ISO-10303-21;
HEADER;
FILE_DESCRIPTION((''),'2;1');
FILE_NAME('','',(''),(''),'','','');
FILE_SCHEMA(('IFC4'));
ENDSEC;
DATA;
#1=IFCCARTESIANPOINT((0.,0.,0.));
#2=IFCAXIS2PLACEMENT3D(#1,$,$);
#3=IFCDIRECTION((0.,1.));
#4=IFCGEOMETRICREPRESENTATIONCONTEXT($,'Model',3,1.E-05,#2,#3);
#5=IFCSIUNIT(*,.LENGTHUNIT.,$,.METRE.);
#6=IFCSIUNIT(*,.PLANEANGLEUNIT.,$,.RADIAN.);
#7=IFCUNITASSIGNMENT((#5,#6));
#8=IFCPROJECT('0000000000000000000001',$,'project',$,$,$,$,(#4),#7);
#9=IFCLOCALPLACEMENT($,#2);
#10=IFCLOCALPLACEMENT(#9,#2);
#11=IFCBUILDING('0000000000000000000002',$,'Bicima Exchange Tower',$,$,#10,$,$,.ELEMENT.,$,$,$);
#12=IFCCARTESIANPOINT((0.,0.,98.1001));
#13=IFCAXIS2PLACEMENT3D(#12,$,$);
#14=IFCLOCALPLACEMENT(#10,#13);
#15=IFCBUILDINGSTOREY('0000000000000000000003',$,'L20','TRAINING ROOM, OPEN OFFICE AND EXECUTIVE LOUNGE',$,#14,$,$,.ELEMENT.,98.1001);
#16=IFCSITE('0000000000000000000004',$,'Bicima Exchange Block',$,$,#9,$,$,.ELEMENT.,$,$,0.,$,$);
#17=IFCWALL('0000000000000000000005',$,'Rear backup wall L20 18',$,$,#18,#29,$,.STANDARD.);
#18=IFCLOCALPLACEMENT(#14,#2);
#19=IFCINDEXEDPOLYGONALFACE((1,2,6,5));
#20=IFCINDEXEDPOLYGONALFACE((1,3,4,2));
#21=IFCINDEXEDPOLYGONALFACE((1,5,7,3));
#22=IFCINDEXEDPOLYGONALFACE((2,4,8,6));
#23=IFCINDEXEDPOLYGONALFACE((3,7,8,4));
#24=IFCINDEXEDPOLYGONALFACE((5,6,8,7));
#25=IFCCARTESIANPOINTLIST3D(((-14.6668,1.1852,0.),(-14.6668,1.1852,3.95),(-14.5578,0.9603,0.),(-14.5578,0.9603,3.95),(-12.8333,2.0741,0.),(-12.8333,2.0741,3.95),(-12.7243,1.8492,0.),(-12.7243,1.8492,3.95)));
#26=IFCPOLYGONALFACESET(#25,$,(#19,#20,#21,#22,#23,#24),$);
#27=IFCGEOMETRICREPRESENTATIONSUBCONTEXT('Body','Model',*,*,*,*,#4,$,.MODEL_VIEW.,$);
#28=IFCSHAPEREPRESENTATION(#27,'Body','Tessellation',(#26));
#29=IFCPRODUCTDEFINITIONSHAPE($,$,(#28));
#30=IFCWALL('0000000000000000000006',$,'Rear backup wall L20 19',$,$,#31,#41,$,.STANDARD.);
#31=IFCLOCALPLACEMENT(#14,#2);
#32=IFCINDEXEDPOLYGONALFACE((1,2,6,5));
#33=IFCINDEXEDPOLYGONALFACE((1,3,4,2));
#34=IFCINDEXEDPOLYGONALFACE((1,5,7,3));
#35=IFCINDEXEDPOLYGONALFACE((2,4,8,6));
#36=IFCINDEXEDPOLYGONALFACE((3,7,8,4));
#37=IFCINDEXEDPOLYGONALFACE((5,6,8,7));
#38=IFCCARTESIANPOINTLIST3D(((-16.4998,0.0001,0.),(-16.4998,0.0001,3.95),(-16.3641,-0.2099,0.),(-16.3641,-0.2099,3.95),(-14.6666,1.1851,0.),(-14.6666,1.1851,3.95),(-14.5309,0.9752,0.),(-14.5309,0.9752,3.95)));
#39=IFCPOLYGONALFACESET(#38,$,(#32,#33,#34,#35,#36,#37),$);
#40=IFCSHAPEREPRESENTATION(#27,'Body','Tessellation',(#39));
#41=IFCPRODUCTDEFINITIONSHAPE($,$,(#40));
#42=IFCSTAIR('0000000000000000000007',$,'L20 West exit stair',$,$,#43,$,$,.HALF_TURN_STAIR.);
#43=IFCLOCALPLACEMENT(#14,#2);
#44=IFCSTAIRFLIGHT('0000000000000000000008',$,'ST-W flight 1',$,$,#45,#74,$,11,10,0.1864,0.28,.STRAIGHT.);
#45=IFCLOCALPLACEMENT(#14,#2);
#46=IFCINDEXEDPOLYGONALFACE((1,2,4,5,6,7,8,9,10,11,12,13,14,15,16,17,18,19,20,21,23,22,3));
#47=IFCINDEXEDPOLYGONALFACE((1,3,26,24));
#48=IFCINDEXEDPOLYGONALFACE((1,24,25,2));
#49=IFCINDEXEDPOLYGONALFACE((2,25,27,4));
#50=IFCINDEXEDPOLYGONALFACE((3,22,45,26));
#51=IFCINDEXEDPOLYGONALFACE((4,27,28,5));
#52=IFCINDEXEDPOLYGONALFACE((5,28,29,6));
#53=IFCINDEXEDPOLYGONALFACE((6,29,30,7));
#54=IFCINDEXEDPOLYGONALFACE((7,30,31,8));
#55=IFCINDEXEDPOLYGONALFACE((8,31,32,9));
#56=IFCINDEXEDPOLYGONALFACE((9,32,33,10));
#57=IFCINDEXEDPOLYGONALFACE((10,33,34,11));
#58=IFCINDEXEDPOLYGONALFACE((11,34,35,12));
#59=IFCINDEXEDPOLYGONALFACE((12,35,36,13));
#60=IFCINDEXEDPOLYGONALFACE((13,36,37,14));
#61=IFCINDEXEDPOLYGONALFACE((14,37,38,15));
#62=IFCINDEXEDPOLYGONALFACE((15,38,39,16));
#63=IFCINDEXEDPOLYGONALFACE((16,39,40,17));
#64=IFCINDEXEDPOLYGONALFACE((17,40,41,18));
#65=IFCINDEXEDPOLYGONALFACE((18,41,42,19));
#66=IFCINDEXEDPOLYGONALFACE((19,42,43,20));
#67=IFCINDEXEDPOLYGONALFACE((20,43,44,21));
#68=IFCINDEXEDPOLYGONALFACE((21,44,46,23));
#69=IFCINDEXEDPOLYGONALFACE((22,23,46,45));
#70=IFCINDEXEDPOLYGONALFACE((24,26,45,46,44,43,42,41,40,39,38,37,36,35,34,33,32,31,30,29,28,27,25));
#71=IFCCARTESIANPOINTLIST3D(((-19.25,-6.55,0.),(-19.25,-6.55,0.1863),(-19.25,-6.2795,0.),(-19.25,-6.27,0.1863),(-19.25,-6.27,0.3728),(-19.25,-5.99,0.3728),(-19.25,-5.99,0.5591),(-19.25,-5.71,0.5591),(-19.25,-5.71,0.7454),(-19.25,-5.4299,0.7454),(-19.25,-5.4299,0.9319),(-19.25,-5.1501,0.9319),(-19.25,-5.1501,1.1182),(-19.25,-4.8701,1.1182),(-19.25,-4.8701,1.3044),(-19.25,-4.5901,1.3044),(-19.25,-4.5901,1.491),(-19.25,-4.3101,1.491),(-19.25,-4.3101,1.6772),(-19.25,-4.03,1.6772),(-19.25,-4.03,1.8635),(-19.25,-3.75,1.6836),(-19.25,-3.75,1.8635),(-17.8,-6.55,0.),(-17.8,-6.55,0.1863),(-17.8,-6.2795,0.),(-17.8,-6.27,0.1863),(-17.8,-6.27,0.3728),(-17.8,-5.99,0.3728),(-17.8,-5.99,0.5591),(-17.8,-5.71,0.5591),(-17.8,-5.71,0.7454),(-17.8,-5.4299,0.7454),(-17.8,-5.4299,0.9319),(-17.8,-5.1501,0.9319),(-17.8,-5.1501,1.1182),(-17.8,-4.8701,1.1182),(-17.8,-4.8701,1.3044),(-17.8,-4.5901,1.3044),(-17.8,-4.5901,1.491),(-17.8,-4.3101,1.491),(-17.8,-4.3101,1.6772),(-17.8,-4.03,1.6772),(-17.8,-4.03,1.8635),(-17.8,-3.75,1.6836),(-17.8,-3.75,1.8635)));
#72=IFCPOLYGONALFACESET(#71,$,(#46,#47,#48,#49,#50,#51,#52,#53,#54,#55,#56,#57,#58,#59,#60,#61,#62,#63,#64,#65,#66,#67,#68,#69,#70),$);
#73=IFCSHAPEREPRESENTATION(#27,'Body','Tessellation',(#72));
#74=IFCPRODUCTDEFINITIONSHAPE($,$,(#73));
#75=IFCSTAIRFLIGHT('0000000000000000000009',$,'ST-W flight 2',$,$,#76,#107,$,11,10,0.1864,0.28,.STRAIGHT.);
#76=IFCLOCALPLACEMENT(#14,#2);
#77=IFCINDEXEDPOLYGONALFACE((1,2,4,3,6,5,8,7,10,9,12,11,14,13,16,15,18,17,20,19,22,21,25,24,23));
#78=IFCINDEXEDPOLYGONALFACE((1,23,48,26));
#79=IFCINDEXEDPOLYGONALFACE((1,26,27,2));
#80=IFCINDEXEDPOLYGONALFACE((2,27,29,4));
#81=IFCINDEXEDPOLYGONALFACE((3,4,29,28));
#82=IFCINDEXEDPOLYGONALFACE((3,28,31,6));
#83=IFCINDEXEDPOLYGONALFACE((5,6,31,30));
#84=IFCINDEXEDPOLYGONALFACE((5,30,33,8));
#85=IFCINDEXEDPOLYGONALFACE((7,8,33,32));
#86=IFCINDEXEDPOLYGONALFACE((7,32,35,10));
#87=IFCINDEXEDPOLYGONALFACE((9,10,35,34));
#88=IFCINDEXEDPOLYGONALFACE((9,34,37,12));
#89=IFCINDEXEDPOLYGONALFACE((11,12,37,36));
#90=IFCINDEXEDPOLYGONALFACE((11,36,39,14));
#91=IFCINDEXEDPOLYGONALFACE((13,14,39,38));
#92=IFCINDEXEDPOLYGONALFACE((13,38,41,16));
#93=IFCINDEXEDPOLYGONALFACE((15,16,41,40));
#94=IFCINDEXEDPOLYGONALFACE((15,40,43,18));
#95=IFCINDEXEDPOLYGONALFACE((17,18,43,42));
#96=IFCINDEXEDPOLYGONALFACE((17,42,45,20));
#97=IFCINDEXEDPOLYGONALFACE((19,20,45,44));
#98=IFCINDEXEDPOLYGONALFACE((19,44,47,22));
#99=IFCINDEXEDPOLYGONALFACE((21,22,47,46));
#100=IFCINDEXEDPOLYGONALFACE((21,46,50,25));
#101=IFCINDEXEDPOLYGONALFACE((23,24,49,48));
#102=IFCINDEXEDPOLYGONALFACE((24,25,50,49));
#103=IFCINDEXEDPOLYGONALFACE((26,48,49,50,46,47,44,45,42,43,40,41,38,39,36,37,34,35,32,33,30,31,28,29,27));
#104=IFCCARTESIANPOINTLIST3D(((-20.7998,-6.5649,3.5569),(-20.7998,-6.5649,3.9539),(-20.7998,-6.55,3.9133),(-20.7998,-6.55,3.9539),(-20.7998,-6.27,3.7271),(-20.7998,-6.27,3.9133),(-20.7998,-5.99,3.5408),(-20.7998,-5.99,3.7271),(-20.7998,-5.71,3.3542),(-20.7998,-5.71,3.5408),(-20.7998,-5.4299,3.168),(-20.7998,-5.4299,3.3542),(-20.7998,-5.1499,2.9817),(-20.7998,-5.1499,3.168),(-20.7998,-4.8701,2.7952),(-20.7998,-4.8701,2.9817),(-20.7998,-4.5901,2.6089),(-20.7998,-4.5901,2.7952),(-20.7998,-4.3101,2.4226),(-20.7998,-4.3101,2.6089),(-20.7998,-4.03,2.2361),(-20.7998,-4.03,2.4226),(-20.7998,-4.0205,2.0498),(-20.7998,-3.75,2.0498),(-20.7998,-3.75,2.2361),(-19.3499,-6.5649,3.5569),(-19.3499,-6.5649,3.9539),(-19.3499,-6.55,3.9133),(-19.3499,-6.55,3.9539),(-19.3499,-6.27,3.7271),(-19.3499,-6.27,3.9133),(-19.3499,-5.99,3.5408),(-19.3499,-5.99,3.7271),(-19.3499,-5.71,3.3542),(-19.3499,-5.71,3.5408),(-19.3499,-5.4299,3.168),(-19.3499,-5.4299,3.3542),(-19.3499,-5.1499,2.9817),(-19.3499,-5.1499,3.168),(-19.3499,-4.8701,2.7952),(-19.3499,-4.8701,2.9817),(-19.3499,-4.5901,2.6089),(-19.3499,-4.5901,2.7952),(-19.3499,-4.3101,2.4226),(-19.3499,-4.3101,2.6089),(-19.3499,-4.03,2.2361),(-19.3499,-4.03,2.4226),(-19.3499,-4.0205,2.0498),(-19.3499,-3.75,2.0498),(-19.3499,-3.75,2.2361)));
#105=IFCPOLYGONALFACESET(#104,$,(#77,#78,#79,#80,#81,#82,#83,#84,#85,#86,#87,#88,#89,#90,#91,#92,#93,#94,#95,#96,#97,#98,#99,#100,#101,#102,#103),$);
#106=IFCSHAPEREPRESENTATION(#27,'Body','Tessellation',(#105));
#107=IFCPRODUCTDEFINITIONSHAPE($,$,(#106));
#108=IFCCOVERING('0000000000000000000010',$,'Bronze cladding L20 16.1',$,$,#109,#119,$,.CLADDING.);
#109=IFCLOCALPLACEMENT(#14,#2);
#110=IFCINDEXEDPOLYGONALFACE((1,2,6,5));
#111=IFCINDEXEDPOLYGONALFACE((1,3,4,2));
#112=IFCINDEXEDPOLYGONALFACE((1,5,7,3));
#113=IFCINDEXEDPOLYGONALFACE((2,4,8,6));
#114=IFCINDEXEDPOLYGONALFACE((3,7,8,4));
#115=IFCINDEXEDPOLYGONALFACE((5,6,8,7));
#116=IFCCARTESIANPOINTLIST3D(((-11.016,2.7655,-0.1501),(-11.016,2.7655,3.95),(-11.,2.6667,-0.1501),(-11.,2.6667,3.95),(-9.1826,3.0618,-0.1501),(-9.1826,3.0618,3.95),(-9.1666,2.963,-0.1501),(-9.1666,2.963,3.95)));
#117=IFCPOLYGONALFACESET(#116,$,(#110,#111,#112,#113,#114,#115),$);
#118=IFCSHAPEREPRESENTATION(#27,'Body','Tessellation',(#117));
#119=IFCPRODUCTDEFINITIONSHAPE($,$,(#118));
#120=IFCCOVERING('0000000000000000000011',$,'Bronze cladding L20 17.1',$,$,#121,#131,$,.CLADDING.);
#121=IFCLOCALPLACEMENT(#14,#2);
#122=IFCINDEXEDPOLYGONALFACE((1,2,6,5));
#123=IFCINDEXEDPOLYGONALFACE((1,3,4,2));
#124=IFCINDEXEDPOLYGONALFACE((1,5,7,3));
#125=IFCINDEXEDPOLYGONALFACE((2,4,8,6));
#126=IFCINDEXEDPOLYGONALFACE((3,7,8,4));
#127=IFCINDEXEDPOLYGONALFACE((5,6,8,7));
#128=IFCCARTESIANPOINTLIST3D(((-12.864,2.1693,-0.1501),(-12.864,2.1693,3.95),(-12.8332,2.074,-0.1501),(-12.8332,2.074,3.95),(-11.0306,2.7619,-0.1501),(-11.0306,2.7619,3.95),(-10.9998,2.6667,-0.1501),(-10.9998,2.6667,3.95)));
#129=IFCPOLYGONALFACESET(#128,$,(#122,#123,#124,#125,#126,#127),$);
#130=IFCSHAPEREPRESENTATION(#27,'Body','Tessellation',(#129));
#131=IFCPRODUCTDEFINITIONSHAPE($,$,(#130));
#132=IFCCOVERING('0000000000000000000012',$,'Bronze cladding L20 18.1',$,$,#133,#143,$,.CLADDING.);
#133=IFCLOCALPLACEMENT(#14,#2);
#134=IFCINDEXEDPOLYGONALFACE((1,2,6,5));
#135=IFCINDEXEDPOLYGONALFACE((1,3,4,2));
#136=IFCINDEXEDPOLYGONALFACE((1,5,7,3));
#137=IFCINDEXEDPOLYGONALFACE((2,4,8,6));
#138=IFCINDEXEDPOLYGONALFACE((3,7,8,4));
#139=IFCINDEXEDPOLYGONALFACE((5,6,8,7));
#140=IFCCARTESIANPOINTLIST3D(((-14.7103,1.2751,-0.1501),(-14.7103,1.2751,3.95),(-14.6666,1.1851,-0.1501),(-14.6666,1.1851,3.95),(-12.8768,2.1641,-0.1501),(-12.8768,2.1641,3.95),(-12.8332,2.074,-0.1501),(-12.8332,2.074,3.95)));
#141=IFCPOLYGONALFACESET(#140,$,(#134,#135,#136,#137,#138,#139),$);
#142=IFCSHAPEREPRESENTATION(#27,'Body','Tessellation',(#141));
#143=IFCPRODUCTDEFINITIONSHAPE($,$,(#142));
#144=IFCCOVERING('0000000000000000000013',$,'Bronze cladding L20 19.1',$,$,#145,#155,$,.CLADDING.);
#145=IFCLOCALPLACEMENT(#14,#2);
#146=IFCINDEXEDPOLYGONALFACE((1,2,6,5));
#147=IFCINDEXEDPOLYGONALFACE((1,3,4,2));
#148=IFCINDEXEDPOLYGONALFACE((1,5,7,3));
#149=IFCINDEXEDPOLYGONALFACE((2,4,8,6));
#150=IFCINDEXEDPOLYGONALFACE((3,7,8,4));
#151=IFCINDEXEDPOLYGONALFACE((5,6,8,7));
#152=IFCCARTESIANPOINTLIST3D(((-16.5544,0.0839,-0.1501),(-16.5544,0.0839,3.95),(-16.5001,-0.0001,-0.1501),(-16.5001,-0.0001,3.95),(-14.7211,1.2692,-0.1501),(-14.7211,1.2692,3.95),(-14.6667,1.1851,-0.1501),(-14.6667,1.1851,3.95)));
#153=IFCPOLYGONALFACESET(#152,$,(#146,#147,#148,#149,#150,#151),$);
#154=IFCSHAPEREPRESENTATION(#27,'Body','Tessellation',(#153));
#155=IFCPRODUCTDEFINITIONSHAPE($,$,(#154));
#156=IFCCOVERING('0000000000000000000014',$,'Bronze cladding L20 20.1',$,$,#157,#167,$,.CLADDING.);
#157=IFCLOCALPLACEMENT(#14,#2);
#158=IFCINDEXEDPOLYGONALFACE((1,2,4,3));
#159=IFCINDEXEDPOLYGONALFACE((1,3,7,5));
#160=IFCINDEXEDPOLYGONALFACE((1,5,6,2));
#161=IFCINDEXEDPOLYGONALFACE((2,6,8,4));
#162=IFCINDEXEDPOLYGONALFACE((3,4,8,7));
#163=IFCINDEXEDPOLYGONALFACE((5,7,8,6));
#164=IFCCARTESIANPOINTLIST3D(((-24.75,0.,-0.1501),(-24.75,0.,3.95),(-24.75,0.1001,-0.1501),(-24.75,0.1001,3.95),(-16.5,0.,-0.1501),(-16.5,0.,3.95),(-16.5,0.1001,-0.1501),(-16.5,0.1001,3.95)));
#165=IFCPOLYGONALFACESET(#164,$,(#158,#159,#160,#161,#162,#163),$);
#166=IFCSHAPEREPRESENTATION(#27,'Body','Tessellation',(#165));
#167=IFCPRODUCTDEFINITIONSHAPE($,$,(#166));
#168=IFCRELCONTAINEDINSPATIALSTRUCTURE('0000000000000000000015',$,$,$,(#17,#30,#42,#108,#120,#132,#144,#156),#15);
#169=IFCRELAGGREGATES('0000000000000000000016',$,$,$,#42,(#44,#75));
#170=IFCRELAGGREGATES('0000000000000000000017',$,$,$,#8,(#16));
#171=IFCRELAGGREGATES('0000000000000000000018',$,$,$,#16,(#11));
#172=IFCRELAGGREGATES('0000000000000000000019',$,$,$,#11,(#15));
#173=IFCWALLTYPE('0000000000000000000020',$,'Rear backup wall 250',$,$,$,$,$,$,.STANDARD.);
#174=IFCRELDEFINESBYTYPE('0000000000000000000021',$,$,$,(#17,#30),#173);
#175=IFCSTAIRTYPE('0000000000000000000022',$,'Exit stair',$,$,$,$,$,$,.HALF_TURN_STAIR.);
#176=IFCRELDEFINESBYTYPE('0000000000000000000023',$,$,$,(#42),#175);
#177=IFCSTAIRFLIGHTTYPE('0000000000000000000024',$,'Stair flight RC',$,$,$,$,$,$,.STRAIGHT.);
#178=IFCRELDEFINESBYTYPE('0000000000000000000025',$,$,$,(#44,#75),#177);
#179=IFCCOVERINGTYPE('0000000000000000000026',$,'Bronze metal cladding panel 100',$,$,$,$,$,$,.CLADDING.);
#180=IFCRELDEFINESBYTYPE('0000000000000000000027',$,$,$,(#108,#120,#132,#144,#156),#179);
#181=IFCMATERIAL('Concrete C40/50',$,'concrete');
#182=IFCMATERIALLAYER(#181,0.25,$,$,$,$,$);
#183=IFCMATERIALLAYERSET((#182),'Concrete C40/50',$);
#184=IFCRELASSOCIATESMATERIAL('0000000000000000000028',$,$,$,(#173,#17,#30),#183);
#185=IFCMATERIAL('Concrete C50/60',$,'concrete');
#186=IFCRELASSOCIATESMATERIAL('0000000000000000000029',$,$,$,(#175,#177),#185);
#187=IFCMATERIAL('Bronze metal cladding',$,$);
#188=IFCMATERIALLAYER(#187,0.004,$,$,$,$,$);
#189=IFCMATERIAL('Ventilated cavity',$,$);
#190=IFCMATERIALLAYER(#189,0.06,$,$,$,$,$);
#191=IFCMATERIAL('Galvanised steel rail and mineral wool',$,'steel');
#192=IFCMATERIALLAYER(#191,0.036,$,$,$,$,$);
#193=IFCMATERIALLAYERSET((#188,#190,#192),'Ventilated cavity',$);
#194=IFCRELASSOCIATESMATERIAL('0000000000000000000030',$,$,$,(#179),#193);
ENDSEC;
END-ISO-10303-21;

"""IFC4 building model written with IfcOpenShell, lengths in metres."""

from ifc_helpers import new_model, si_unit, direction, frame, frame_2d, origin, origin_2d, place, context, subcontext, project, spatial, polyline, rectangle, outline, extrude, material, layer, layer_set, layer_usage, type_object, element, aggregate, save


model = new_model("IFC4")

# Units and contexts
model_context = context("Model", 3, precision=1e-05, world=origin(), true_north=direction((0.0, 1.0)))
body_context = subcontext(model_context, "Body", "Model", "MODEL_VIEW")
ifc_project = project(units=[si_unit("LENGTHUNIT", "METRE"), si_unit("PLANEANGLEUNIT", "RADIAN")], contexts=[model_context])

# Site, building, storey
site_placement = place(None, origin())
site = spatial("IfcSite", under=ifc_project, at=site_placement, Name="Bicima Exchange Block", CompositionType="ELEMENT", RefElevation=0.0)
building_placement = place(site_placement, origin())
building = spatial("IfcBuilding", under=site, at=building_placement, Name="Bicima Exchange Tower", CompositionType="ELEMENT")
storey_placement = place(building_placement, frame((0.0, 0.0, 98.1001)))
storey = spatial("IfcBuildingStorey", under=building, at=storey_placement, Name="L20", Description="TRAINING ROOM, OPEN OFFICE AND EXECUTIVE LOUNGE", CompositionType="ELEMENT", Elevation=98.1001)

# Shared definitions
ifc_material_1 = material(Name="Concrete C50/60", Category="concrete")

# Walls
ifc_material_2 = material(Name="Concrete C40/50", Category="concrete")
ifc_layer_1 = layer(ifc_material_2, 0.25)
ifc_layer_set_1 = layer_set([ifc_layer_1], Name="Concrete C40/50")
ifc_layer_usage = layer_usage(ifc_layer_set_1, "AXIS2", "POSITIVE", -0.125)
wall_type_1 = type_object("IfcWallType", Name="Rear backup wall 250", PredefinedType="STANDARD", material=ifc_layer_set_1)
wall_1_placement = place(storey_placement, frame((-12.7788, 1.9617, 0.0), z_axis=(0.0, 0.0, 1.0), x_axis=(-0.899824, -0.436253, 0.0)))
element("IfcWall", 1, at=wall_1_placement, inside=storey, type_object=wall_type_1, material=ifc_layer_usage, Name="Rear backup wall L20 18", PredefinedType="STANDARD", context=body_context, shape_type="SweptSolid", body=[
    extrude(rectangle(XDim=2.0376, YDim=0.25, at=frame_2d((1.0188, 0.0))), origin(), (0.0, 0.0, 1.0), 3.95),
])
wall_2_placement = place(storey_placement, frame((-14.5989, 1.0801, 0.0), z_axis=(0.0, 0.0, 1.0), x_axis=(-0.839813, -0.542876, 0.0)))
element("IfcWall", 2, at=wall_2_placement, inside=storey, type_object=wall_type_1, material=ifc_layer_usage, Name="Rear backup wall L20 19", PredefinedType="STANDARD", context=body_context, shape_type="SweptSolid", body=[
    extrude(rectangle(XDim=2.1829, YDim=0.25, at=frame_2d((1.0913, 0.0))), origin(), (0.0, 0.0, 1.0), 3.95),
])

# Stair, stair flights
stair_type = type_object("IfcStairType", Name="Exit stair", PredefinedType="HALF_TURN_STAIR", material=ifc_material_1)
stair_placement = place(storey_placement, origin())
stair = element("IfcStair", 3, at=stair_placement, inside=storey, type_object=stair_type, Name="L20 West exit stair", PredefinedType="HALF_TURN_STAIR")
stair_flight_type = type_object("IfcStairFlightType", Name="Stair flight RC", PredefinedType="STRAIGHT", material=ifc_material_1)
stair_flight_1_placement = place(storey_placement, frame((-18.5249, -6.55, 0.0), z_axis=(0.0, 0.0, 1.0), x_axis=(0.0, 1.0, 0.0)))
stair_flight_1 = element("IfcStairFlight", 4, at=stair_flight_1_placement, type_object=stair_flight_type, Name="ST-W flight 1", NumberOfRisers=11, NumberOfTreads=10, PredefinedType="STRAIGHT", RiserHeight=0.1864, TreadLength=0.28, context=body_context, shape_type="SweptSolid", body=[
    extrude(outline(polyline([(0.0, 0.0), (0.0, 0.1863), (0.28, 0.1863), (0.28, 0.3728), (0.5601, 0.3728), (0.5601, 0.5591), (0.8401, 0.5591), (0.8401, 0.7454), (1.1201, 0.7454), (1.1201, 0.9319), (1.3999, 0.9319), (1.3999, 1.1182), (1.6799, 1.1182), (1.6799, 1.3044), (1.96, 1.3044), (1.96, 1.491), (2.24, 1.491), (2.24, 1.6772), (2.52, 1.6772), (2.52, 1.8635), (2.8, 1.8635), (2.8, 2.05), (2.8, 1.6836), (0.2705, 0.0), (0.0, 0.0)])), frame((0.0, 0.7251, 0.0), z_axis=(0.0, -1.0, 0.0), x_axis=(1.0, 0.0, 0.0)), (0.0, 0.0, 1.0), 1.45),
])
stair_flight_2_placement = place(storey_placement, frame((-20.075, -3.75, 2.0498), z_axis=(0.0, 0.0, 1.0), x_axis=(0.0, -1.0, 0.0)))
stair_flight_2 = element("IfcStairFlight", 5, at=stair_flight_2_placement, type_object=stair_flight_type, Name="ST-W flight 2", NumberOfRisers=11, NumberOfTreads=10, PredefinedType="STRAIGHT", RiserHeight=0.1864, TreadLength=0.28, context=body_context, shape_type="SweptSolid", body=[
    extrude(outline(polyline([(0.0, 0.0), (0.0, 0.1863), (0.28, 0.1863), (0.28, 0.3728), (0.5601, 0.3728), (0.5601, 0.5591), (0.8401, 0.5591), (0.8401, 0.7454), (1.1201, 0.7454), (1.1201, 0.9319), (1.3999, 0.9319), (1.3999, 1.1182), (1.6799, 1.1182), (1.6799, 1.3044), (1.96, 1.3044), (1.96, 1.491), (2.24, 1.491), (2.24, 1.6772), (2.52, 1.6772), (2.52, 1.8635), (2.8, 1.8635), (2.8, 1.9041), (2.8149, 1.9041), (2.8149, 1.5071), (0.2705, 0.0), (0.0, 0.0)])), frame((0.0, 0.7251, 0.0), z_axis=(0.0, -1.0, 0.0), x_axis=(1.0, 0.0, 0.0)), (0.0, 0.0, 1.0), 1.45),
])
aggregate(stair, [stair_flight_1, stair_flight_2])

# Coverings
ifc_material_3 = material(Name="Bronze metal cladding")
ifc_layer_2 = layer(ifc_material_3, 0.004)
ifc_material_4 = material(Name="Ventilated cavity")
ifc_layer_3 = layer(ifc_material_4, 0.06)
ifc_material_5 = material(Name="Galvanised steel rail and mineral wool", Category="steel")
ifc_layer_4 = layer(ifc_material_5, 0.036)
ifc_layer_set_2 = layer_set([ifc_layer_2, ifc_layer_3, ifc_layer_4], Name="Ventilated cavity")
covering_type = type_object("IfcCoveringType", Name="Bronze metal cladding panel 100", PredefinedType="CLADDING", material=ifc_layer_set_2)
covering_1_placement = place(storey_placement, frame((-10.0913, 2.8643, -0.1501), z_axis=(0.0, 0.0, 1.0), x_axis=(-0.98719, -0.15955, 0.0)))
element("IfcCovering", 6, at=covering_1_placement, inside=storey, type_object=covering_type, Name="Bronze cladding L20 16.1", PredefinedType="CLADDING", context=body_context, shape_type="SweptSolid", body=[
    extrude(rectangle(XDim=1.8572, YDim=0.1001, at=origin_2d()), origin(), (0.0, 0.0, 1.0), 4.1001),
])
covering_2_placement = place(storey_placement, frame((-11.9319, 2.418, -0.1501), z_axis=(0.0, 0.0, 1.0), x_axis=(-0.951525, -0.307573, 0.0)))
element("IfcCovering", 7, at=covering_2_placement, inside=storey, type_object=covering_type, Name="Bronze cladding L20 17.1", PredefinedType="CLADDING", context=body_context, shape_type="SweptSolid", body=[
    extrude(rectangle(XDim=1.9268, YDim=0.1001, at=origin_2d()), origin(), (0.0, 0.0, 1.0), 4.1001),
])
covering_3_placement = place(storey_placement, frame((-13.7717, 1.6746, -0.1501), z_axis=(0.0, 0.0, 1.0), x_axis=(-0.899818, -0.436265, 0.0)))
element("IfcCovering", 8, at=covering_3_placement, inside=storey, type_object=covering_type, Name="Bronze cladding L20 18.1", PredefinedType="CLADDING", context=body_context, shape_type="SweptSolid", body=[
    extrude(rectangle(XDim=2.0376, YDim=0.1001, at=origin_2d()), origin(), (0.0, 0.0, 1.0), 4.1001),
])
covering_4_placement = place(storey_placement, frame((-15.6106, 0.6345, -0.1501), z_axis=(0.0, 0.0, 1.0), x_axis=(-0.83979, -0.542911, 0.0)))
element("IfcCovering", 9, at=covering_4_placement, inside=storey, type_object=covering_type, Name="Bronze cladding L20 19.1", PredefinedType="CLADDING", context=body_context, shape_type="SweptSolid", body=[
    extrude(rectangle(XDim=2.1831, YDim=0.1001, at=origin_2d()), origin(), (0.0, 0.0, 1.0), 4.1001),
])
covering_5_placement = place(storey_placement, frame((-20.625, 0.05, -0.1501), z_axis=(0.0, 0.0, 1.0), x_axis=(-1.0, 0.0, 0.0)))
element("IfcCovering", 10, at=covering_5_placement, inside=storey, type_object=covering_type, Name="Bronze cladding L20 20.1", PredefinedType="CLADDING", context=body_context, shape_type="SweptSolid", body=[
    extrude(rectangle(XDim=8.25, YDim=0.1001, at=origin_2d()), origin(), (0.0, 0.0, 1.0), 4.1001),
])

save(model, "model.ifc")
